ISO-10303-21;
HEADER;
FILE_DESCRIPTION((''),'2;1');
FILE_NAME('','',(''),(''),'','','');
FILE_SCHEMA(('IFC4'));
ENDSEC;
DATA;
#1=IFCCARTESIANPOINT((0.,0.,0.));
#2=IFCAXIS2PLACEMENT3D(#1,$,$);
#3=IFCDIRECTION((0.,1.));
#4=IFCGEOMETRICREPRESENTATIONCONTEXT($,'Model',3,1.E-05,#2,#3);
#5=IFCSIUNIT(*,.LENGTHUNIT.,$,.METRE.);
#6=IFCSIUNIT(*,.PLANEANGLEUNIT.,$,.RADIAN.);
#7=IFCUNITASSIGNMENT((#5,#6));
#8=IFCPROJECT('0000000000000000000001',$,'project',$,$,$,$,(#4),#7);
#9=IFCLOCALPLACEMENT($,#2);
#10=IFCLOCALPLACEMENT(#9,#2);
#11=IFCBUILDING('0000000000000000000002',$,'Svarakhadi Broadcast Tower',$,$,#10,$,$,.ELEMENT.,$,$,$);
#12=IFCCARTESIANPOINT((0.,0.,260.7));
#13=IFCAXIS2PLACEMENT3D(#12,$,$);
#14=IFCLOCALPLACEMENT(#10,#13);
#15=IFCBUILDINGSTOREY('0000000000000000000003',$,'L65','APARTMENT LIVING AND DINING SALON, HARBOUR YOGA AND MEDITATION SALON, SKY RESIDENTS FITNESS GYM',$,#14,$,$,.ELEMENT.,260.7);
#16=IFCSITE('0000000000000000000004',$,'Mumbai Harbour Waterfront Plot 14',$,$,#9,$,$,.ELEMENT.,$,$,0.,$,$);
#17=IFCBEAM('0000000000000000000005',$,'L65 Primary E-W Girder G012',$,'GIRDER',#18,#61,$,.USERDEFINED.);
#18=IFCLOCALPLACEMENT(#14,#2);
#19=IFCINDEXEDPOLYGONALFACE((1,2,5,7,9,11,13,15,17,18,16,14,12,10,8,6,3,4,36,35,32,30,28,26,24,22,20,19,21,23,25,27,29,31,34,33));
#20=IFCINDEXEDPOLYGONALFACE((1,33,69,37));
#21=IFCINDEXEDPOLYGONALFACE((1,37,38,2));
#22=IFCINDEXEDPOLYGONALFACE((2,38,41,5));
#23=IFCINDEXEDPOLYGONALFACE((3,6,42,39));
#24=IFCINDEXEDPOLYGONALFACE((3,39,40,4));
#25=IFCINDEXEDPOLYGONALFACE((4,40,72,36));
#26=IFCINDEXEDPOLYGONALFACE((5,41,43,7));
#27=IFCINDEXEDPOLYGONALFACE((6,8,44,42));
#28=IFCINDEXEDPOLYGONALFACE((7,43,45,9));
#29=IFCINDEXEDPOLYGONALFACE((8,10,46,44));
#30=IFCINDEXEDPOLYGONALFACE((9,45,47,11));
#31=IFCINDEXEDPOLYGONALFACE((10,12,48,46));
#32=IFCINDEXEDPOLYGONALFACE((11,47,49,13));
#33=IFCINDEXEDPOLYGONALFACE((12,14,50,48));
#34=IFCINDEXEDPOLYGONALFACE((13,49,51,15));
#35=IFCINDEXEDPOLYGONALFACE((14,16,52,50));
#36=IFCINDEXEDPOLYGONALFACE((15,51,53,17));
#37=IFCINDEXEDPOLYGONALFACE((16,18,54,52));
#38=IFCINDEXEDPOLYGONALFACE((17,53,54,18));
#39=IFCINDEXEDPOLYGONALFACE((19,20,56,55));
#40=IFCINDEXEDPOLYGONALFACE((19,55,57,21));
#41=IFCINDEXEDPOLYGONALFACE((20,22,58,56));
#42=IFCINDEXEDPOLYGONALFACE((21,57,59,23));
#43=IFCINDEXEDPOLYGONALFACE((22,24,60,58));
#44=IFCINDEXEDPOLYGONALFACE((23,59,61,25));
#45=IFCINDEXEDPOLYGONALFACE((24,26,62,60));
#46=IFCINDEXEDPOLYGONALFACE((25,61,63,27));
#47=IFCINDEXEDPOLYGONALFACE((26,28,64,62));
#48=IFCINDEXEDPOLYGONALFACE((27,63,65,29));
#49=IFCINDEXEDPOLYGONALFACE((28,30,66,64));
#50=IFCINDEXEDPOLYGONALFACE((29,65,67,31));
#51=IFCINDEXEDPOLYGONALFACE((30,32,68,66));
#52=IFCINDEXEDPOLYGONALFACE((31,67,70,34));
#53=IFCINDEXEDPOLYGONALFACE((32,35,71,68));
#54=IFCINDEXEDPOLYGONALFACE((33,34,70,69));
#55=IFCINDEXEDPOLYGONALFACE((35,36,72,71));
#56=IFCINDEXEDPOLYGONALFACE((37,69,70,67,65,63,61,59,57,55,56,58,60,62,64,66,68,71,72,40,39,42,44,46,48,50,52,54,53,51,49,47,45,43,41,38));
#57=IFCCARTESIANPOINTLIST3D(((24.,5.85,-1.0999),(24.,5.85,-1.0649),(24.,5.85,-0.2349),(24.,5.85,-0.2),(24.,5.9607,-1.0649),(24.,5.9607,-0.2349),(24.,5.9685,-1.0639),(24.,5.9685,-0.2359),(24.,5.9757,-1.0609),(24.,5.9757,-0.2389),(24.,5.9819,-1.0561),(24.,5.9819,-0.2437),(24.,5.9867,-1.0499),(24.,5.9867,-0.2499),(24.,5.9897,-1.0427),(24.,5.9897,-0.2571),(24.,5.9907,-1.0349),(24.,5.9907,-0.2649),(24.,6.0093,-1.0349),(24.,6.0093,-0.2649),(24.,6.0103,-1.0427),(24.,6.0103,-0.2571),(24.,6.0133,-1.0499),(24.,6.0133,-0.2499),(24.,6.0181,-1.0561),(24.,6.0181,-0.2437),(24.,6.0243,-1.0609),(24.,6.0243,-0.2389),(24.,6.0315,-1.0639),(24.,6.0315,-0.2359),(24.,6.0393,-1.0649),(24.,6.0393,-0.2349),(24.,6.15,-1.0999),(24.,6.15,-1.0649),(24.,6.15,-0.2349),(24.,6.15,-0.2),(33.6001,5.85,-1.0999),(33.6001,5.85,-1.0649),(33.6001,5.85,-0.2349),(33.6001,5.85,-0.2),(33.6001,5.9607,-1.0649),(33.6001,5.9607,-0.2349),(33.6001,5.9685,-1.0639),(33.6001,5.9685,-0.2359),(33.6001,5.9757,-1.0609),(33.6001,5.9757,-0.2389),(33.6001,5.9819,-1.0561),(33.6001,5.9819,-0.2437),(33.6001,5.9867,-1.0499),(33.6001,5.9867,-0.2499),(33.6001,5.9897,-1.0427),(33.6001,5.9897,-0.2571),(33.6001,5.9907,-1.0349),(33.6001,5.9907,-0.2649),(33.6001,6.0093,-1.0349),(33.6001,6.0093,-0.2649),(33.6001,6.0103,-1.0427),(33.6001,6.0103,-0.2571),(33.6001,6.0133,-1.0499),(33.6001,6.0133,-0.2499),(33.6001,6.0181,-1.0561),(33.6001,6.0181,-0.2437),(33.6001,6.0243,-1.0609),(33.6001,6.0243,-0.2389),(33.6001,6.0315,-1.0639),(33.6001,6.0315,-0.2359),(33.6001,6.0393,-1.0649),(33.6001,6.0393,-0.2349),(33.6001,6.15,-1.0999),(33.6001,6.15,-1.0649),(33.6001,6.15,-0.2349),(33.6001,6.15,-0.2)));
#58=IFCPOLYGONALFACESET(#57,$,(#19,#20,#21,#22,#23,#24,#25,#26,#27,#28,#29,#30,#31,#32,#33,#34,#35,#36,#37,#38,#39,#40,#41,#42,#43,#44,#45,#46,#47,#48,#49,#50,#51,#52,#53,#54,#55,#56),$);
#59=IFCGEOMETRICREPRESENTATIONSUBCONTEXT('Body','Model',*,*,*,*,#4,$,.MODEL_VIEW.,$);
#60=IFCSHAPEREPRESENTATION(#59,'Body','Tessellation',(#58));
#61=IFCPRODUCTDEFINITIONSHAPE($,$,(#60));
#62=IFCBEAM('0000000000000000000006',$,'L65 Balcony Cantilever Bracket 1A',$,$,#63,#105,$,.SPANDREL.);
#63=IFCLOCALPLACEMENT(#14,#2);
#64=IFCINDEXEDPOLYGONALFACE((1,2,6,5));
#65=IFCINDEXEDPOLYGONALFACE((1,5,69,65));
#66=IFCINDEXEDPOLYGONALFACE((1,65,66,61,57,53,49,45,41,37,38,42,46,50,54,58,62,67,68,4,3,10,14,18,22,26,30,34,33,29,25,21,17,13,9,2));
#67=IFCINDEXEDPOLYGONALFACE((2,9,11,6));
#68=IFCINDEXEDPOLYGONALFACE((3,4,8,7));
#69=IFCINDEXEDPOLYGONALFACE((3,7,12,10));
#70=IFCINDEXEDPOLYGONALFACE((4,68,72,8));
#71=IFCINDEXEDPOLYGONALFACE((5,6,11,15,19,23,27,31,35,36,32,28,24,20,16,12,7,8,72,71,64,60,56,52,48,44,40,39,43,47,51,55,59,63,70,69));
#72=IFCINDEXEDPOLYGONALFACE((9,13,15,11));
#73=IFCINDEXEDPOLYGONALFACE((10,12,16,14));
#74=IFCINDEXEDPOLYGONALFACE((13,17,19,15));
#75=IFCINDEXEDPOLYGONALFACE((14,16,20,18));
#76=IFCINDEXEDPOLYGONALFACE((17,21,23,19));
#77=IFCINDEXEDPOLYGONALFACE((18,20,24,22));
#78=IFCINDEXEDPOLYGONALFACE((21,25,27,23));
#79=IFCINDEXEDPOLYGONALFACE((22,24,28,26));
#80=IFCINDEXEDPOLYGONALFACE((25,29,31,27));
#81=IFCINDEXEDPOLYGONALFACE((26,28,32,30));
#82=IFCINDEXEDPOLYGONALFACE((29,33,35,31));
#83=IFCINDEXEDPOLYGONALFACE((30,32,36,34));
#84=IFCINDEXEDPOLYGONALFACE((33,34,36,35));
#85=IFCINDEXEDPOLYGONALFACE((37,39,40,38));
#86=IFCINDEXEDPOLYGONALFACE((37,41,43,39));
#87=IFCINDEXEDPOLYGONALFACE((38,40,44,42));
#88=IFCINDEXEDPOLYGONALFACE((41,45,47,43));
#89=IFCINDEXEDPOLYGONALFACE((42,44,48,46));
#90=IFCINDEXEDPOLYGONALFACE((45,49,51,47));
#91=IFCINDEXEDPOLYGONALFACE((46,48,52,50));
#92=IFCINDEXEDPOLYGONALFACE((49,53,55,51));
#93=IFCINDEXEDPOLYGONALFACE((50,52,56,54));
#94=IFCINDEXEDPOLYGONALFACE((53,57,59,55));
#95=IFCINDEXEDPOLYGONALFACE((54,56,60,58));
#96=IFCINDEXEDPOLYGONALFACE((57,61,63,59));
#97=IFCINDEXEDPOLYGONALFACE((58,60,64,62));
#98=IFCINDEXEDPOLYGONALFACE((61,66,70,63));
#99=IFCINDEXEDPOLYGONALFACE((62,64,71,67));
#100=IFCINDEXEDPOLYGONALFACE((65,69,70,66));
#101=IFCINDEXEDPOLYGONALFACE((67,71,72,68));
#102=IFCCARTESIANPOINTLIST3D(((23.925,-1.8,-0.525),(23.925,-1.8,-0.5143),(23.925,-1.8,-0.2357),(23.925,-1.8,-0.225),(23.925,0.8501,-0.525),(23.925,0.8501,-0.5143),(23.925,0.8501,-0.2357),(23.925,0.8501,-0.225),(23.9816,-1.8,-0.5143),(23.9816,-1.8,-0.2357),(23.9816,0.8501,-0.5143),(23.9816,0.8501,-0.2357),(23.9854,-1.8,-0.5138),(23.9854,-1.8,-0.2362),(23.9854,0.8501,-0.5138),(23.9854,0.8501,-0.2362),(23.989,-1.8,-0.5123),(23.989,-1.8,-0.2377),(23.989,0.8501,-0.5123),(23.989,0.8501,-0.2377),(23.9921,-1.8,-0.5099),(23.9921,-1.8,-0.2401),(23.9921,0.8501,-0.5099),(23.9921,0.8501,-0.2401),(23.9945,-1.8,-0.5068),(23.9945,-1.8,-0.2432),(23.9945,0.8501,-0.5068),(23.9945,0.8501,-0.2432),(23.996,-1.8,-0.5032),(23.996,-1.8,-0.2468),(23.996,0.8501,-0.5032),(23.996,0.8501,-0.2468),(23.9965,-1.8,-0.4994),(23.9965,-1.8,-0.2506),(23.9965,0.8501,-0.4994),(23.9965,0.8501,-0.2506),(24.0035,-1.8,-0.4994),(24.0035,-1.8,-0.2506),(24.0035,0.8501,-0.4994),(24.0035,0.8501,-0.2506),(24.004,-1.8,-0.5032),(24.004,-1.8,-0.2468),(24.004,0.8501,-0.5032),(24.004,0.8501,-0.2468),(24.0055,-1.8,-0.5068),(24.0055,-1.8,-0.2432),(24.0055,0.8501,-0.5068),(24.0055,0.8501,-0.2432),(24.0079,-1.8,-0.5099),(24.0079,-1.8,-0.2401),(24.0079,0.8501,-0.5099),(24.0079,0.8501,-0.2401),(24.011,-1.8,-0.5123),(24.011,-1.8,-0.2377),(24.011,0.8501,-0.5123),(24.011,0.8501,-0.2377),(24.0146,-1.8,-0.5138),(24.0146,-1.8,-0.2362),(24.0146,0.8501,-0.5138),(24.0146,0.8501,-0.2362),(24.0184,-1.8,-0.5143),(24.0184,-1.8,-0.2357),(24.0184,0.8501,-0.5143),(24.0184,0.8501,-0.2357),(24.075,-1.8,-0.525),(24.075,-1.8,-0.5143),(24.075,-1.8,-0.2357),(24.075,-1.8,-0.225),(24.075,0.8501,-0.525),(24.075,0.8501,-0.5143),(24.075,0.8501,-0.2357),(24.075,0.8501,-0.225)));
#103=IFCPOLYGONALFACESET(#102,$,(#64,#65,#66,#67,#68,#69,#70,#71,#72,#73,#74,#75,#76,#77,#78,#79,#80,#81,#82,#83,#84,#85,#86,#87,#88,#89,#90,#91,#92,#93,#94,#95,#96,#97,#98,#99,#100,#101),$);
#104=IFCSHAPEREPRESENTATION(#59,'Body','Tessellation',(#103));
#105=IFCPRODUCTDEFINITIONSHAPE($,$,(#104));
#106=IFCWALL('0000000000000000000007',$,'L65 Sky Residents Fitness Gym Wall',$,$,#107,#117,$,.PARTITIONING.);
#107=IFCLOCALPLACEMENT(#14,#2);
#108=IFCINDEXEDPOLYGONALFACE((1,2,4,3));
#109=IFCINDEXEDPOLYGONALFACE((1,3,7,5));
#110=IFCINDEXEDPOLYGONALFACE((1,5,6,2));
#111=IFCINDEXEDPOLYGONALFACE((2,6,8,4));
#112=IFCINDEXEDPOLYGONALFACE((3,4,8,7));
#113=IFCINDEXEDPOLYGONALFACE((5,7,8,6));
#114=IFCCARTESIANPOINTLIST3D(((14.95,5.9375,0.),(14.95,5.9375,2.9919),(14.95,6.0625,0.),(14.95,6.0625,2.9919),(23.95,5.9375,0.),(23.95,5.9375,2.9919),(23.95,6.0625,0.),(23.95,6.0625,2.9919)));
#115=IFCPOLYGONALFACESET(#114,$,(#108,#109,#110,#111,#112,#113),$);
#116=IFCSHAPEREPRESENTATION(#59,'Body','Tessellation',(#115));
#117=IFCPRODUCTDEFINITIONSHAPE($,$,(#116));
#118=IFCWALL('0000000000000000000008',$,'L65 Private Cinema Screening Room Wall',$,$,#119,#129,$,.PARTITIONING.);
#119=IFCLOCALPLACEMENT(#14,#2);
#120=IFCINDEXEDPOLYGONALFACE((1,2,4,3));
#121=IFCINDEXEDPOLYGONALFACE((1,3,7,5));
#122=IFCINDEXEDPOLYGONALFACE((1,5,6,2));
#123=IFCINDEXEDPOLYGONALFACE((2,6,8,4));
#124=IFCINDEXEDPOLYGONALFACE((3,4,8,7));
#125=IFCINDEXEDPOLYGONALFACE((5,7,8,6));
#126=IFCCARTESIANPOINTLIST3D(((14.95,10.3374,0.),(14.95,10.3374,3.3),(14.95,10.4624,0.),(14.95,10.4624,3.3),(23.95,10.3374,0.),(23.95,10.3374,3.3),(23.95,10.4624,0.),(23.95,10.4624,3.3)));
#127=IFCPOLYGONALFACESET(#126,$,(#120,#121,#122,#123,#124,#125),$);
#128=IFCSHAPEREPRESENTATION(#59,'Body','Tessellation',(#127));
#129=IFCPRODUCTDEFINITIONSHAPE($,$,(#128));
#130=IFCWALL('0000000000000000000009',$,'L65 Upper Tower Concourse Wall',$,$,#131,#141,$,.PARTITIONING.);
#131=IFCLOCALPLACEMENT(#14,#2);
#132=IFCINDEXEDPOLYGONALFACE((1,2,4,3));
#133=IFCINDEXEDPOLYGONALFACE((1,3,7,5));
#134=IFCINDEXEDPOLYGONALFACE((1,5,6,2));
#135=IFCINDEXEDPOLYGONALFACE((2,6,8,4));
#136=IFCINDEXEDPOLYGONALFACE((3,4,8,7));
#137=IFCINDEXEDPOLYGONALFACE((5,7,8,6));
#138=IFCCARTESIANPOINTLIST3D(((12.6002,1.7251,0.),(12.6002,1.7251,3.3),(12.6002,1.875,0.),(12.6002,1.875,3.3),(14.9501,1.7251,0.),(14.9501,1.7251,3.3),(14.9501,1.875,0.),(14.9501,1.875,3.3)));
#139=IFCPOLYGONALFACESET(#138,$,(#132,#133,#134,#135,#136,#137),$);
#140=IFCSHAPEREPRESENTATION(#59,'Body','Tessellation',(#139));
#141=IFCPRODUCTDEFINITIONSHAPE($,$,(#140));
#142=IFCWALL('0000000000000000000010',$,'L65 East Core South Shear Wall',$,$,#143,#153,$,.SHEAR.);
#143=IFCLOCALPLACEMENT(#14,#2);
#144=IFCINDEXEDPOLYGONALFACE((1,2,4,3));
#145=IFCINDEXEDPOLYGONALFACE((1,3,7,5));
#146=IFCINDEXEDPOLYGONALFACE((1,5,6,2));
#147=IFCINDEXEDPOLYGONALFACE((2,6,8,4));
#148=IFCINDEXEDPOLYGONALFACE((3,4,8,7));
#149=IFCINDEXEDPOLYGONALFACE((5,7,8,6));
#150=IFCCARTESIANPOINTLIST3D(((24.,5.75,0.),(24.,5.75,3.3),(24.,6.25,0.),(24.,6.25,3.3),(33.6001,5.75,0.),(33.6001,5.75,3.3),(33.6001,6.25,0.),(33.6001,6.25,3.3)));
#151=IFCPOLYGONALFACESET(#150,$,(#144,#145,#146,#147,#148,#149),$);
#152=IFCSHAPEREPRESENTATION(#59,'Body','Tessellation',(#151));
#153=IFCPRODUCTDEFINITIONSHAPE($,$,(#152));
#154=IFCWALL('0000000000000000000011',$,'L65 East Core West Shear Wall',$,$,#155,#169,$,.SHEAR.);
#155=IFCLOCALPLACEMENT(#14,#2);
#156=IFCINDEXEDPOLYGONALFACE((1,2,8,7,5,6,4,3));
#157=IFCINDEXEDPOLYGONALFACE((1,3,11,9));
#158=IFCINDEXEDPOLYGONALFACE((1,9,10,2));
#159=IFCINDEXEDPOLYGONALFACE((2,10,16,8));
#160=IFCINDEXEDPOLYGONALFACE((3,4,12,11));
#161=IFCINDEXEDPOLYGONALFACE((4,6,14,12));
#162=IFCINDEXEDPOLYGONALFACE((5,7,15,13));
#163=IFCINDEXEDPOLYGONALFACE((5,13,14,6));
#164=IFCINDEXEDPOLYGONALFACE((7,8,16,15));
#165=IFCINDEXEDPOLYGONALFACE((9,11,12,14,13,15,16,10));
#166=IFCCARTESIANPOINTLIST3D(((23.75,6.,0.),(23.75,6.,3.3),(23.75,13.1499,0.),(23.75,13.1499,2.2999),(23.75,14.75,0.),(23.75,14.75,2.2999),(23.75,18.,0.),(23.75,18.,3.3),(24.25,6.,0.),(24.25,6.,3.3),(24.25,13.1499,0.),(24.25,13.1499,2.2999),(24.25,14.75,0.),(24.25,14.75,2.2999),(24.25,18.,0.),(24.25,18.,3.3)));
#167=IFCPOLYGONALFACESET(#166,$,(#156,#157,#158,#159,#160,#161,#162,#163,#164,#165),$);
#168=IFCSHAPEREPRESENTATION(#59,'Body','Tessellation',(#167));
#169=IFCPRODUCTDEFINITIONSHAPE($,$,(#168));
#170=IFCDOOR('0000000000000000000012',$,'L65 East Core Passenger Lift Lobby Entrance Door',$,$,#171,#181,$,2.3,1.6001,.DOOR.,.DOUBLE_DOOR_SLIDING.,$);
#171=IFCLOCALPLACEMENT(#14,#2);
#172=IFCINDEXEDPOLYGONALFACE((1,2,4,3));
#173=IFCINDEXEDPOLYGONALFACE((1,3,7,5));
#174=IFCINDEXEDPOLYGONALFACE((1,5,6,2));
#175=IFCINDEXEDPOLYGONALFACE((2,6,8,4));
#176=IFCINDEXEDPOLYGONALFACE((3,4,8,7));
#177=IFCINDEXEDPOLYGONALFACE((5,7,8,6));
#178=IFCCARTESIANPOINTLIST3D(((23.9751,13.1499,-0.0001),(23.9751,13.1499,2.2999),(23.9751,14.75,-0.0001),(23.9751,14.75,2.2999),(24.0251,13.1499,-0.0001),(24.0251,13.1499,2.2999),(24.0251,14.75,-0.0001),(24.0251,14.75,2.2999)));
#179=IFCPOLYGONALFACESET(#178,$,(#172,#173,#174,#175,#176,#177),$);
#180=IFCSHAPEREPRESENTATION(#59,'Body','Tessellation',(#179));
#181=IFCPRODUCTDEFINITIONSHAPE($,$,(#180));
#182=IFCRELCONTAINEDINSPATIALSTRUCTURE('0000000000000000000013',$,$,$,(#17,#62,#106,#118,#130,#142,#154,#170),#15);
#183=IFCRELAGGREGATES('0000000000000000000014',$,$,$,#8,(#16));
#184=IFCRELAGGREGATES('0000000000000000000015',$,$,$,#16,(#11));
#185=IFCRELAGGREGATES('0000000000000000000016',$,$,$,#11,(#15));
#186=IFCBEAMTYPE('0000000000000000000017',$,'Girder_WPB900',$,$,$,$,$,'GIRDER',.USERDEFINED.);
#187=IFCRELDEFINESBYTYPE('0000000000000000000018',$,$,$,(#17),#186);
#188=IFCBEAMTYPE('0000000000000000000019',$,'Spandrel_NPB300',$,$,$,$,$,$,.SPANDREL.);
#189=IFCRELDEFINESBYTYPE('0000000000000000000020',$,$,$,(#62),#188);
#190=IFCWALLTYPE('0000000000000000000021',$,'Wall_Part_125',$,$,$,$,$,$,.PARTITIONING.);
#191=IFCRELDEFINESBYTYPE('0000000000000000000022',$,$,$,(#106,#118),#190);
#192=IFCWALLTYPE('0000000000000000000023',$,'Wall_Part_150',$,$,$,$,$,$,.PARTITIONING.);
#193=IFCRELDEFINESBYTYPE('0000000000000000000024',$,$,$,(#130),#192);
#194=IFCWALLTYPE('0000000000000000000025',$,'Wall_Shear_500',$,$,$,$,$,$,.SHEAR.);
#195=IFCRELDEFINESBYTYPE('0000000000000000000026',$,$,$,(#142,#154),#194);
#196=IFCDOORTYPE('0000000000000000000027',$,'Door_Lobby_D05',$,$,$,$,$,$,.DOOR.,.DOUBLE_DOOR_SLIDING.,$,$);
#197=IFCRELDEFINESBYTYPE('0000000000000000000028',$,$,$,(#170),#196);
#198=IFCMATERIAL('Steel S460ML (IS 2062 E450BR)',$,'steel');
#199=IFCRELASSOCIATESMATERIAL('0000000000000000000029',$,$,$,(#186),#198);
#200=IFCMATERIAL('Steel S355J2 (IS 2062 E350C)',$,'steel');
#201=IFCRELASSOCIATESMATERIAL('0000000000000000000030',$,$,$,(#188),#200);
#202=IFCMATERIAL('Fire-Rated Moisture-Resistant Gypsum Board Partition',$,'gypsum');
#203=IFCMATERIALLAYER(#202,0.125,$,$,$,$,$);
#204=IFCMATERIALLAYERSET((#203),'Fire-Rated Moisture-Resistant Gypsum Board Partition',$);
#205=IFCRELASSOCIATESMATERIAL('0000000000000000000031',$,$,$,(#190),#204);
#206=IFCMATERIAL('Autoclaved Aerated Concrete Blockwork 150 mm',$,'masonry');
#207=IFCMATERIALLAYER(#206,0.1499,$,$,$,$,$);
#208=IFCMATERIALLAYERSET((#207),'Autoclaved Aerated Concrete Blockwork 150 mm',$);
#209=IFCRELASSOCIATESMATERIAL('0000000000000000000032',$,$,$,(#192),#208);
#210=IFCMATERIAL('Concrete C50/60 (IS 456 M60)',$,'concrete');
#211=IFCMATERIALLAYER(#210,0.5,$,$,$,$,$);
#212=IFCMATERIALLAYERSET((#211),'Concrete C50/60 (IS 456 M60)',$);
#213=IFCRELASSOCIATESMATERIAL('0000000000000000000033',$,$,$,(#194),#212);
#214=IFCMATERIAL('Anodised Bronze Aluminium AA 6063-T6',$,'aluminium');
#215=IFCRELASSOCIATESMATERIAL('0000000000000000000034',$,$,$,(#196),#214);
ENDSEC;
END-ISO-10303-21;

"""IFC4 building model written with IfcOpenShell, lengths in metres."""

from ifc_helpers import new_model, si_unit, direction, frame, frame_2d, origin, origin_2d, place, context, subcontext, project, spatial, rectangle, i_section, extrude, material, layer, layer_set, material_profile, profile_set, type_object, element, fill, save


model = new_model("IFC4")

# Units and contexts
model_context = context("Model", 3, precision=1e-05, world=origin(), true_north=direction((0.0, 1.0)))
body_context = subcontext(model_context, "Body", "Model", "MODEL_VIEW")
ifc_project = project(units=[si_unit("LENGTHUNIT", "METRE"), si_unit("PLANEANGLEUNIT", "RADIAN")], contexts=[model_context])

# Site, building, storey
site_placement = place(None, origin())
site = spatial("IfcSite", under=ifc_project, at=site_placement, Name="Mumbai Harbour Waterfront Plot 14", CompositionType="ELEMENT", RefElevation=0.0)
building_placement = place(site_placement, origin())
building = spatial("IfcBuilding", under=site, at=building_placement, Name="Svarakhadi Broadcast Tower", CompositionType="ELEMENT")
storey_placement = place(building_placement, frame((0.0, 0.0, 260.7)))
storey = spatial("IfcBuildingStorey", under=building, at=storey_placement, Name="L65", Description="APARTMENT LIVING AND DINING SALON, HARBOUR YOGA AND MEDITATION SALON, SKY RESIDENTS FITNESS GYM", CompositionType="ELEMENT", Elevation=260.7)

# Shared definitions
ifc_material_1 = material(Name="Concrete C50/60 (IS 456 M60)", Category="concrete")
ifc_material_2 = material(Name="Steel S460ML (IS 2062 E450BR)", Category="steel")

# Beams
ifc_material_3 = material(Name="Steel S355J2 (IS 2062 E350C)", Category="steel")
ifc_material_profile_1 = material_profile(ifc_material_2, i_section(OverallWidth=0.3, OverallDepth=0.8999, WebThickness=0.0186, FlangeThickness=0.0349, FilletRadius=0.03, at=origin_2d()), Name="WPB 900x300x291")
ifc_profile_set_1 = profile_set([ifc_material_profile_1], Name="Steel S460ML (IS 2062 E450BR)")
beam_type_1 = type_object("IfcBeamType", Name="Girder_WPB900", ElementType="GIRDER", PredefinedType="USERDEFINED", material=ifc_profile_set_1)
beam_1_placement = place(storey_placement, frame((24.0, 6.0, -0.6499), z_axis=(1.0, 0.0, 0.0), x_axis=(0.0, 1.0, 0.0)))
element("IfcBeam", 1, at=beam_1_placement, inside=storey, type_object=beam_type_1, Name="L65 Primary E-W Girder G012", ObjectType="GIRDER", PredefinedType="USERDEFINED", context=body_context, shape_type="SweptSolid", body=[
    extrude(i_section(OverallWidth=0.3, OverallDepth=0.8999, WebThickness=0.0186, FlangeThickness=0.0349, FilletRadius=0.03, at=origin_2d()), origin(), (0.0, 0.0, 1.0), 9.6001),
])
ifc_material_profile_2 = material_profile(ifc_material_3, i_section(OverallWidth=0.1499, OverallDepth=0.3, WebThickness=0.0071, FlangeThickness=0.0107, FilletRadius=0.0149, at=origin_2d()), Name="NPB 300x150x37")
ifc_profile_set_2 = profile_set([ifc_material_profile_2], Name="Steel S355J2 (IS 2062 E350C)")
beam_type_2 = type_object("IfcBeamType", Name="Spandrel_NPB300", PredefinedType="SPANDREL", material=ifc_profile_set_2)
beam_2_placement = place(storey_placement, frame((24.0, 0.8501, -0.375), z_axis=(0.0, -1.0, 0.0), x_axis=(1.0, 0.0, 0.0)))
element("IfcBeam", 2, at=beam_2_placement, inside=storey, type_object=beam_type_2, Name="L65 Balcony Cantilever Bracket 1A", PredefinedType="SPANDREL", context=body_context, shape_type="SweptSolid", body=[
    extrude(i_section(OverallWidth=0.1499, OverallDepth=0.3, WebThickness=0.0071, FlangeThickness=0.0107, FilletRadius=0.0149, at=origin_2d()), origin(), (0.0, 0.0, 1.0), 2.6501),
])

# Walls
ifc_material_4 = material(Name="Fire-Rated Moisture-Resistant Gypsum Board Partition", Category="gypsum")
ifc_layer_1 = layer(ifc_material_4, 0.125)
ifc_layer_set_1 = layer_set([ifc_layer_1], Name="Fire-Rated Moisture-Resistant Gypsum Board Partition")
wall_type_1 = type_object("IfcWallType", Name="Wall_Part_125", PredefinedType="PARTITIONING", material=ifc_layer_set_1)
wall_1_placement = place(storey_placement, frame((14.95, 6.0, 0.0), z_axis=(0.0, 0.0, 1.0), x_axis=(1.0, 0.0, 0.0)))
element("IfcWall", 3, at=wall_1_placement, inside=storey, type_object=wall_type_1, Name="L65 Sky Residents Fitness Gym Wall", PredefinedType="PARTITIONING", context=body_context, shape_type="SweptSolid", body=[
    extrude(rectangle(XDim=9.0, YDim=0.125, at=frame_2d((4.5, 0.0))), origin(), (0.0, 0.0, 1.0), 2.9919),
])
wall_2_placement = place(storey_placement, frame((14.95, 10.3999, 0.0), z_axis=(0.0, 0.0, 1.0), x_axis=(1.0, 0.0, 0.0)))
element("IfcWall", 4, at=wall_2_placement, inside=storey, type_object=wall_type_1, Name="L65 Private Cinema Screening Room Wall", PredefinedType="PARTITIONING", context=body_context, shape_type="SweptSolid", body=[
    extrude(rectangle(XDim=9.0, YDim=0.125, at=frame_2d((4.5, 0.0))), origin(), (0.0, 0.0, 1.0), 3.3),
])
ifc_material_5 = material(Name="Autoclaved Aerated Concrete Blockwork 150 mm", Category="masonry")
ifc_layer_2 = layer(ifc_material_5, 0.1499)
ifc_layer_set_2 = layer_set([ifc_layer_2], Name="Autoclaved Aerated Concrete Blockwork 150 mm")
wall_type_2 = type_object("IfcWallType", Name="Wall_Part_150", PredefinedType="PARTITIONING", material=ifc_layer_set_2)
wall_3_placement = place(storey_placement, frame((14.95, 1.8, 0.0), z_axis=(0.0, 0.0, 1.0), x_axis=(-1.0, 0.0, 0.0)))
element("IfcWall", 5, at=wall_3_placement, inside=storey, type_object=wall_type_2, Name="L65 Upper Tower Concourse Wall", PredefinedType="PARTITIONING", context=body_context, shape_type="SweptSolid", body=[
    extrude(rectangle(XDim=2.3499, YDim=0.1499, at=frame_2d((1.1748, 0.0))), origin(), (0.0, 0.0, 1.0), 3.3),
])
ifc_layer_3 = layer(ifc_material_1, 0.5)
ifc_layer_set_3 = layer_set([ifc_layer_3], Name="Concrete C50/60 (IS 456 M60)")
wall_type_3 = type_object("IfcWallType", Name="Wall_Shear_500", PredefinedType="SHEAR", material=ifc_layer_set_3)
wall_4_placement = place(storey_placement, frame((24.0, 6.0, 0.0), z_axis=(0.0, 0.0, 1.0), x_axis=(1.0, 0.0, 0.0)))
element("IfcWall", 6, at=wall_4_placement, inside=storey, type_object=wall_type_3, Name="L65 East Core South Shear Wall", PredefinedType="SHEAR", context=body_context, shape_type="SweptSolid", body=[
    extrude(rectangle(XDim=9.6001, YDim=0.5, at=frame_2d((4.8, 0.0))), origin(), (0.0, 0.0, 1.0), 3.3),
])

# Wall, opening, door
wall_5_placement = place(storey_placement, frame((24.0, 6.0, 0.0), z_axis=(0.0, 0.0, 1.0), x_axis=(0.0, 1.0, 0.0)))
wall_5 = element("IfcWall", 7, at=wall_5_placement, inside=storey, type_object=wall_type_3, Name="L65 East Core West Shear Wall", PredefinedType="SHEAR", context=body_context, shape_type="SweptSolid", body=[
    extrude(rectangle(XDim=12.0, YDim=0.5, at=frame_2d((6.0, 0.0))), origin(), (0.0, 0.0, 1.0), 3.3),
])
opening_placement = place(wall_5_placement, frame((7.1499, 0.0, 0.0)))
opening = element("IfcOpeningElement", 8, at=opening_placement, cuts=wall_5, PredefinedType="OPENING", context=body_context, shape_type="SweptSolid", body=[
    extrude(rectangle(XDim=1.6001, YDim=2.3, at=frame_2d((0.8, 1.1499))), frame((0.0, 0.26, 0.0), z_axis=(0.0, -1.0, 0.0), x_axis=(1.0, 0.0, 0.0)), (0.0, 0.0, 1.0), 0.52),
])
ifc_material_6 = material(Name="Anodised Bronze Aluminium AA 6063-T6", Category="aluminium")
door_type = type_object("IfcDoorType", Name="Door_Lobby_D05", OperationType="DOUBLE_DOOR_SLIDING", PredefinedType="DOOR", material=ifc_material_6)
door_placement = place(opening_placement, origin())
door = element("IfcDoor", 9, at=door_placement, inside=storey, type_object=door_type, Name="L65 East Core Passenger Lift Lobby Entrance Door", OperationType="DOUBLE_DOOR_SLIDING", OverallHeight=2.3, OverallWidth=1.6001, PredefinedType="DOOR", context=body_context, shape_type="SweptSolid", body=[
    extrude(rectangle(XDim=1.6001, YDim=2.3, at=frame_2d((0.8, 1.1499))), frame((0.0, 0.0249, 0.0), z_axis=(0.0, -1.0, 0.0), x_axis=(1.0, 0.0, 0.0)), (0.0, 0.0, 1.0), 0.05),
])
fill(opening, door)

save(model, "model.ifc")
